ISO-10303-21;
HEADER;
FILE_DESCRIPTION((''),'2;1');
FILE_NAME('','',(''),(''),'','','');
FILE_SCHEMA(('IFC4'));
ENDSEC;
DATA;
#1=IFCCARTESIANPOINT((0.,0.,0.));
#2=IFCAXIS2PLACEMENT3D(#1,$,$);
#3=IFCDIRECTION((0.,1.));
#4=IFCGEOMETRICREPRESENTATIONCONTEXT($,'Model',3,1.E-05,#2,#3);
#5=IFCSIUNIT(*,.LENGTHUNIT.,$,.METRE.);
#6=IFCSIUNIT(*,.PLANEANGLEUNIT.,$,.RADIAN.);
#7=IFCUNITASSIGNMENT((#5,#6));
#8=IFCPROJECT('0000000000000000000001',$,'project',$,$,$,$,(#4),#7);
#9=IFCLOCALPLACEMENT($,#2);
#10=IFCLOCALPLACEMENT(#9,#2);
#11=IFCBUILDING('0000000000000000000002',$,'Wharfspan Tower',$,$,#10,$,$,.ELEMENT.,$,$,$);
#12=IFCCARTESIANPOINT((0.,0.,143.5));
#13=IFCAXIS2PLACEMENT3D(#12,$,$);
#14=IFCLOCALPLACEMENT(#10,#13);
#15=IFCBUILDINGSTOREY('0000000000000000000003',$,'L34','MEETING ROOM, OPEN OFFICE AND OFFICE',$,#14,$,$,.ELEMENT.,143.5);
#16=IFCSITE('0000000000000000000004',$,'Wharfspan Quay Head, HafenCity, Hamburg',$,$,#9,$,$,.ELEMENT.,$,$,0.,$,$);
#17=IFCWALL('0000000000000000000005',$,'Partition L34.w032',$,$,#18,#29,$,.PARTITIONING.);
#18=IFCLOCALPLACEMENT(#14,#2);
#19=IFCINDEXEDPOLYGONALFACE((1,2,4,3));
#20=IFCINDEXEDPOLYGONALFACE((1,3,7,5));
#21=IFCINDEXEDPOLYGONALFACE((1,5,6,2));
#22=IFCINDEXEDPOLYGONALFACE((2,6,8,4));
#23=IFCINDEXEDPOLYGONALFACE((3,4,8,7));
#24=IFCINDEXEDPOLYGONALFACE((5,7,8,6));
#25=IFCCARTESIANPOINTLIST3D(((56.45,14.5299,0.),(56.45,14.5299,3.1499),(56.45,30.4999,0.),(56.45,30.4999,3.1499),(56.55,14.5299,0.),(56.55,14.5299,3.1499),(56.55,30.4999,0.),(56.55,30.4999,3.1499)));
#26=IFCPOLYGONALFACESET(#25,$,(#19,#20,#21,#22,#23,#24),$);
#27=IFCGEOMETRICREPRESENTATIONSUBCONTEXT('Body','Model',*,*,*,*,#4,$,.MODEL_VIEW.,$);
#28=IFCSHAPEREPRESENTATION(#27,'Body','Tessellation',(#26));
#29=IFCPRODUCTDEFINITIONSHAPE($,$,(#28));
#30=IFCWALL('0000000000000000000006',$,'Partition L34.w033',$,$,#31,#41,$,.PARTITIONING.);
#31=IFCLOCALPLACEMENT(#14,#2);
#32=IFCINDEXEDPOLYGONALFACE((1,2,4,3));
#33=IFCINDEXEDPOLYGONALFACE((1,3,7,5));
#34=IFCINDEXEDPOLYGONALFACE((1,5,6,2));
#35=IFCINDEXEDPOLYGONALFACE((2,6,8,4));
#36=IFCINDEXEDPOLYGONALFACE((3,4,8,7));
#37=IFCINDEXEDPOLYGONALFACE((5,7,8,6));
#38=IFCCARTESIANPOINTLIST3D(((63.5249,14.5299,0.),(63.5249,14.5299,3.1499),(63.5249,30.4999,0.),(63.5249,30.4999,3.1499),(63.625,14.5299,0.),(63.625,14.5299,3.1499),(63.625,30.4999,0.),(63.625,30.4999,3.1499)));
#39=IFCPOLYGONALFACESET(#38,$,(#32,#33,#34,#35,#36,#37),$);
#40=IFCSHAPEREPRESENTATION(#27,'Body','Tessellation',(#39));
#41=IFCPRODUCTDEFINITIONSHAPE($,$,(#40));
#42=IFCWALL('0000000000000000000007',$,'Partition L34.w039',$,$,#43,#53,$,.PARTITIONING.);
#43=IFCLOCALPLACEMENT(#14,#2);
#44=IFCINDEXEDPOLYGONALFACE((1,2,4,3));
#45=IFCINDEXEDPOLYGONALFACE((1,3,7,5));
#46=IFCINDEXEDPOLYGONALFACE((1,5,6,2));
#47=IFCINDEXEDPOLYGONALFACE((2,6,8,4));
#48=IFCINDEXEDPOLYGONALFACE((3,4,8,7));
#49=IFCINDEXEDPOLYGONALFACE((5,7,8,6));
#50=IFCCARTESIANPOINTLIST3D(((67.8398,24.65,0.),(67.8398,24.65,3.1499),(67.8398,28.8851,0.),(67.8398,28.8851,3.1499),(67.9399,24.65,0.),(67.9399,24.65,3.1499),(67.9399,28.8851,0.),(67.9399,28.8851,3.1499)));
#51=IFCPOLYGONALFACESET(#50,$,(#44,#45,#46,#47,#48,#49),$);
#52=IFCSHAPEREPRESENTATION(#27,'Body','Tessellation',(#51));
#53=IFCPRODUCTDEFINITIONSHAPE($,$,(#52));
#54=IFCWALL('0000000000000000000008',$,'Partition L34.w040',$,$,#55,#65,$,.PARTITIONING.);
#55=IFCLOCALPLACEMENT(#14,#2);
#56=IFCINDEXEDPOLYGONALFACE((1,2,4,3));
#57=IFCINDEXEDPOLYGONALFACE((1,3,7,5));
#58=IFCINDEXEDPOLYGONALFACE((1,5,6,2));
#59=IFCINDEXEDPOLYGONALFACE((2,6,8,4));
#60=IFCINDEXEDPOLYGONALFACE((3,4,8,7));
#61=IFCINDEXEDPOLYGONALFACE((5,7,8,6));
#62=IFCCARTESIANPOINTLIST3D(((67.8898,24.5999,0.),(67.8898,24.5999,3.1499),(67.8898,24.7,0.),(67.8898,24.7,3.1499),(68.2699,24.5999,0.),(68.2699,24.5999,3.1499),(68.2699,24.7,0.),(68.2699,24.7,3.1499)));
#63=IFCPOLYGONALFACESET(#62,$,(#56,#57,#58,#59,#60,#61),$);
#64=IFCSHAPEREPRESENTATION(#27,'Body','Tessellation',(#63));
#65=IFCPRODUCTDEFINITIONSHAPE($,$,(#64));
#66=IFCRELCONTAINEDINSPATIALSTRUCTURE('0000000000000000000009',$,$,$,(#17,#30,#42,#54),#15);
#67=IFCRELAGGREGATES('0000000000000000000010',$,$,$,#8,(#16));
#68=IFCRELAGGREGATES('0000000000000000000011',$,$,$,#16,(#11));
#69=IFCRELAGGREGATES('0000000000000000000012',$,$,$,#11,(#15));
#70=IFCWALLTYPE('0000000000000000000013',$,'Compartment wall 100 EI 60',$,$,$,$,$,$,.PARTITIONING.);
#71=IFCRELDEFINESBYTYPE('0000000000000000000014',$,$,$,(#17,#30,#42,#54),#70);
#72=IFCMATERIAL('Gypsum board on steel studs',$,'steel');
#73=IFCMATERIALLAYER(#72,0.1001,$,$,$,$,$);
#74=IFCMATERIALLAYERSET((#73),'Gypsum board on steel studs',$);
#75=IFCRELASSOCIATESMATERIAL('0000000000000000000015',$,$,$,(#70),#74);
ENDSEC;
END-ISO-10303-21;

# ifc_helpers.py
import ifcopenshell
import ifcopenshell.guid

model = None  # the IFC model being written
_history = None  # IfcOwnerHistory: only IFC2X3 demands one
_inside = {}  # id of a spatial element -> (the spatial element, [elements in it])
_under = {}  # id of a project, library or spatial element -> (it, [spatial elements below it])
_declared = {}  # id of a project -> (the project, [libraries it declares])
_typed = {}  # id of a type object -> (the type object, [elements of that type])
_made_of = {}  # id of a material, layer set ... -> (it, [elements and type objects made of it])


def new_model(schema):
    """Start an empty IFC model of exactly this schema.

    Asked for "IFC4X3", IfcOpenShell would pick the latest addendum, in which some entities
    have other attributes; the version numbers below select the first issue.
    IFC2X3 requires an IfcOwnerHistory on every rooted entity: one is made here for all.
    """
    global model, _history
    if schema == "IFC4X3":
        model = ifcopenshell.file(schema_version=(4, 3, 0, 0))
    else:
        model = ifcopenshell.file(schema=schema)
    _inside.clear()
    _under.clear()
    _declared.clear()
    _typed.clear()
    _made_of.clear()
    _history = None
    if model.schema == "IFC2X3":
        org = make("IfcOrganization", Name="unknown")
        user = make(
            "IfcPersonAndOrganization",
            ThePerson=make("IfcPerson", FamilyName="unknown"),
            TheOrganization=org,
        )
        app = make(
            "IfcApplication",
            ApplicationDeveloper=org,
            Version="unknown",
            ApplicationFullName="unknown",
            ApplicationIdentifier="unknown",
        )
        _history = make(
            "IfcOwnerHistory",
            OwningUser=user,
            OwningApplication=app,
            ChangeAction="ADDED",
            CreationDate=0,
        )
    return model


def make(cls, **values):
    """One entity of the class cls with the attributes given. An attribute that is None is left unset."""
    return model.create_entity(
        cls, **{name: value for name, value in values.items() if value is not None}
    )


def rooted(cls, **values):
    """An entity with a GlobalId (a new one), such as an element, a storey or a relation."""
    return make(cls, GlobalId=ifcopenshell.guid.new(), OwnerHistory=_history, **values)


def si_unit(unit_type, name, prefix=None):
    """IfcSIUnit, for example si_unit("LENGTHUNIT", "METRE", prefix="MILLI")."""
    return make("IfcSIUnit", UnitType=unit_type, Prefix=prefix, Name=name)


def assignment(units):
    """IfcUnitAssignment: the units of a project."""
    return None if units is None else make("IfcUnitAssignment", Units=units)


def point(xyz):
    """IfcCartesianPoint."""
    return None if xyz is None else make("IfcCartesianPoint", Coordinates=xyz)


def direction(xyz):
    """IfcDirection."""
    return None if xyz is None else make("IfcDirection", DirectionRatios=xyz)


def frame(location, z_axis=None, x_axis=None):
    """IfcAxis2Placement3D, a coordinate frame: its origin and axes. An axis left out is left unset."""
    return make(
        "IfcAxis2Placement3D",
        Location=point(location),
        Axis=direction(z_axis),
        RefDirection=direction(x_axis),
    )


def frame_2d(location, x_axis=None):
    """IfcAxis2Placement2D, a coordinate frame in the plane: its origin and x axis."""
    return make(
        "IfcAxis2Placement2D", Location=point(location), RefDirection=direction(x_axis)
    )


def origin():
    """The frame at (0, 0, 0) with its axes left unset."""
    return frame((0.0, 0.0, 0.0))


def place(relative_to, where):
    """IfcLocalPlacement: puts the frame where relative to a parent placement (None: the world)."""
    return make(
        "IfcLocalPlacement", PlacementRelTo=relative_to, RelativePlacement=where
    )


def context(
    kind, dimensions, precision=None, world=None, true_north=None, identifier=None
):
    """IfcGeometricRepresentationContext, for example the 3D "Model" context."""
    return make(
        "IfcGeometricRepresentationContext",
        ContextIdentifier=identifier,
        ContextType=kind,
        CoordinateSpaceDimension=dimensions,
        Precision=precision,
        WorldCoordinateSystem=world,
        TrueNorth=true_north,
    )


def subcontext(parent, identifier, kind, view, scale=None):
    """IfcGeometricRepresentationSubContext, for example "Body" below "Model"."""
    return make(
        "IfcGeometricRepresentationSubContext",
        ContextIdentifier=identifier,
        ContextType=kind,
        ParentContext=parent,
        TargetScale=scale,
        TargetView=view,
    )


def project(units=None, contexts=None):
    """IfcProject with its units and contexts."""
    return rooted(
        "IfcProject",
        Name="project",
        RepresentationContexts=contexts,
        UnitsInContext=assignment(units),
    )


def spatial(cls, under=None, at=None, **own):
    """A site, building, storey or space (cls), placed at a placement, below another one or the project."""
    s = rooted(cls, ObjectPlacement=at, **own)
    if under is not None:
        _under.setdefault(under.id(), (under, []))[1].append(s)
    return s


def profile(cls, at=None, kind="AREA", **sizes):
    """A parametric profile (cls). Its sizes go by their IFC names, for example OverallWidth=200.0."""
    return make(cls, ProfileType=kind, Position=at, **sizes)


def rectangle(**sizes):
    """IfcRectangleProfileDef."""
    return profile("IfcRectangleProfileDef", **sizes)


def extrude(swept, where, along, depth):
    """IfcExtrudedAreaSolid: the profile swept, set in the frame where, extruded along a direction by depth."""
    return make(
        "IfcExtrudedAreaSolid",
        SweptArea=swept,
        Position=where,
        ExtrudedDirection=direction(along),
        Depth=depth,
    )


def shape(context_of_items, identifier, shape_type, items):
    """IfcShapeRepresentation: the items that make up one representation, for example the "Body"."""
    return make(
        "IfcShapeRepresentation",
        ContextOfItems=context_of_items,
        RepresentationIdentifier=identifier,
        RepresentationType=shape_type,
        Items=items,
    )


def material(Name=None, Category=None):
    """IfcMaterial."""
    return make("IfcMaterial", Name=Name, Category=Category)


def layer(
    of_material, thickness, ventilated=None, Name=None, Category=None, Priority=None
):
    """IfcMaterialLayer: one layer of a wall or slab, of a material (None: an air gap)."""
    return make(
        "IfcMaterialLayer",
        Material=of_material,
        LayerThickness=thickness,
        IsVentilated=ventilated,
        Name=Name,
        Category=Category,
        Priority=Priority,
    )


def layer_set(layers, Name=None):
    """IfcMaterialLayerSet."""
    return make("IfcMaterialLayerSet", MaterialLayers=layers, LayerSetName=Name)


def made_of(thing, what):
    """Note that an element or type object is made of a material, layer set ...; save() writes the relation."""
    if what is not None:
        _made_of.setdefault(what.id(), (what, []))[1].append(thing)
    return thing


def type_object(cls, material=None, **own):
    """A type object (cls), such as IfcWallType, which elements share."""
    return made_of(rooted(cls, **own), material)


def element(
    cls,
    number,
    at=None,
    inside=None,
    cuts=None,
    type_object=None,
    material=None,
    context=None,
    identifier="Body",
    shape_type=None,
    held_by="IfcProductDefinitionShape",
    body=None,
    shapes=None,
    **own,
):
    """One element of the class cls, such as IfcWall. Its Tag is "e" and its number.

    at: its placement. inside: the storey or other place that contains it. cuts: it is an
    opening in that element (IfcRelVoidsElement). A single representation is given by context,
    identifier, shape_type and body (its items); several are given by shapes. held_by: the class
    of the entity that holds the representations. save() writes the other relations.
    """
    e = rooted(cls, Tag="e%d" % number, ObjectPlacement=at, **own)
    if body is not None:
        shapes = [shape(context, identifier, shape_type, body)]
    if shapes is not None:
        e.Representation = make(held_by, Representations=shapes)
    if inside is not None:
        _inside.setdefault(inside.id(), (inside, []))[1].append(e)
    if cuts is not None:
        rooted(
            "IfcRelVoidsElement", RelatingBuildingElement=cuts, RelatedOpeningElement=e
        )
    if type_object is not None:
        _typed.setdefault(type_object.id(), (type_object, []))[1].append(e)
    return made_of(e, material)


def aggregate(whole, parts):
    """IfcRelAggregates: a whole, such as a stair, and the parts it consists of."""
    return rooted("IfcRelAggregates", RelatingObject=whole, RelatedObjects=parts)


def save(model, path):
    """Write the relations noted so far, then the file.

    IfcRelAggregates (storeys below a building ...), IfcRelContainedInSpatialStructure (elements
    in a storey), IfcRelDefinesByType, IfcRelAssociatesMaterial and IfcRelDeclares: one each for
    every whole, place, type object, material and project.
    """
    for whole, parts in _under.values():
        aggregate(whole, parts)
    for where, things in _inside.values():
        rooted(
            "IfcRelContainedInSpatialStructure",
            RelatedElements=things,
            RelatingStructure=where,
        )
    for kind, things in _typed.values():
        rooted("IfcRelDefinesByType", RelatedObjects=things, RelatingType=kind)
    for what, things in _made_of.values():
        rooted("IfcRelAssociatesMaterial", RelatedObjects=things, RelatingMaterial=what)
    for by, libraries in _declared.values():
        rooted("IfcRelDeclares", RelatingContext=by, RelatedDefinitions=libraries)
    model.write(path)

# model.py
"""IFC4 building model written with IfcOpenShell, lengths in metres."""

from ifc_helpers import new_model, si_unit, direction, frame, frame_2d, origin, place, context, subcontext, project, spatial, rectangle, extrude, material, layer, layer_set, type_object, element, save


model = new_model("IFC4")

# Units and contexts
model_context = context("Model", 3, precision=1e-05, world=origin(), true_north=direction((0.0, 1.0)))
body_context = subcontext(model_context, "Body", "Model", "MODEL_VIEW")
ifc_project = project(units=[si_unit("LENGTHUNIT", "METRE"), si_unit("PLANEANGLEUNIT", "RADIAN")], contexts=[model_context])

# Site, building, storey
site_placement = place(None, origin())
site = spatial("IfcSite", under=ifc_project, at=site_placement, Name="Wharfspan Quay Head, HafenCity, Hamburg", CompositionType="ELEMENT", RefElevation=0.0)
building_placement = place(site_placement, origin())
building = spatial("IfcBuilding", under=site, at=building_placement, Name="Wharfspan Tower", CompositionType="ELEMENT")
storey_placement = place(building_placement, frame((0.0, 0.0, 143.5)))
storey = spatial("IfcBuildingStorey", under=building, at=storey_placement, Name="L34", Description="MEETING ROOM, OPEN OFFICE AND OFFICE", CompositionType="ELEMENT", Elevation=143.5)

# Shared definitions
ifc_material_1 = material(Name="Gypsum board on steel studs", Category="steel")
ifc_layer = layer(ifc_material_1, 0.1001)
ifc_layer_set = layer_set([ifc_layer], Name="Gypsum board on steel studs")
wall_type = type_object("IfcWallType", Name="Compartment wall 100 EI 60", PredefinedType="PARTITIONING", material=ifc_layer_set)

# Walls
for number, where, z_axis, x_axis, name in (
    (1, (56.5, 14.53, 0.0), (0.0, 0.0, 1.0), (0.0, 1.0, 0.0), "Partition L34.w032"),
    (2, (63.575, 14.53, 0.0), (0.0, 0.0, 1.0), (0.0, 1.0, 0.0), "Partition L34.w033"),
):
    element("IfcWall", number, at=place(storey_placement, frame(where, z_axis=z_axis, x_axis=x_axis)), inside=storey, type_object=wall_type, Name=name, PredefinedType="PARTITIONING", context=body_context, shape_type="SweptSolid", body=[
        extrude(rectangle(XDim=15.97, YDim=0.1001, at=frame_2d((7.9849, 0.0))), origin(), (0.0, 0.0, 1.0), 3.1499),
    ])
wall_1_placement = place(storey_placement, frame((67.8899, 24.6499, 0.0), z_axis=(0.0, 0.0, 1.0), x_axis=(0.0, 1.0, 0.0)))
element("IfcWall", 3, at=wall_1_placement, inside=storey, type_object=wall_type, Name="Partition L34.w039", PredefinedType="PARTITIONING", context=body_context, shape_type="SweptSolid", body=[
    extrude(rectangle(XDim=4.2351, YDim=0.1001, at=frame_2d((2.1177, 0.0))), origin(), (0.0, 0.0, 1.0), 3.1499),
])
wall_2_placement = place(storey_placement, frame((67.8899, 24.6499, 0.0), z_axis=(0.0, 0.0, 1.0), x_axis=(1.0, 0.0, 0.0)))
element("IfcWall", 4, at=wall_2_placement, inside=storey, type_object=wall_type, Name="Partition L34.w040", PredefinedType="PARTITIONING", context=body_context, shape_type="SweptSolid", body=[
    extrude(rectangle(XDim=0.3801, YDim=0.1001, at=frame_2d((0.1899, 0.0))), origin(), (0.0, 0.0, 1.0), 3.1499),
])

save(model, "model.ifc")
